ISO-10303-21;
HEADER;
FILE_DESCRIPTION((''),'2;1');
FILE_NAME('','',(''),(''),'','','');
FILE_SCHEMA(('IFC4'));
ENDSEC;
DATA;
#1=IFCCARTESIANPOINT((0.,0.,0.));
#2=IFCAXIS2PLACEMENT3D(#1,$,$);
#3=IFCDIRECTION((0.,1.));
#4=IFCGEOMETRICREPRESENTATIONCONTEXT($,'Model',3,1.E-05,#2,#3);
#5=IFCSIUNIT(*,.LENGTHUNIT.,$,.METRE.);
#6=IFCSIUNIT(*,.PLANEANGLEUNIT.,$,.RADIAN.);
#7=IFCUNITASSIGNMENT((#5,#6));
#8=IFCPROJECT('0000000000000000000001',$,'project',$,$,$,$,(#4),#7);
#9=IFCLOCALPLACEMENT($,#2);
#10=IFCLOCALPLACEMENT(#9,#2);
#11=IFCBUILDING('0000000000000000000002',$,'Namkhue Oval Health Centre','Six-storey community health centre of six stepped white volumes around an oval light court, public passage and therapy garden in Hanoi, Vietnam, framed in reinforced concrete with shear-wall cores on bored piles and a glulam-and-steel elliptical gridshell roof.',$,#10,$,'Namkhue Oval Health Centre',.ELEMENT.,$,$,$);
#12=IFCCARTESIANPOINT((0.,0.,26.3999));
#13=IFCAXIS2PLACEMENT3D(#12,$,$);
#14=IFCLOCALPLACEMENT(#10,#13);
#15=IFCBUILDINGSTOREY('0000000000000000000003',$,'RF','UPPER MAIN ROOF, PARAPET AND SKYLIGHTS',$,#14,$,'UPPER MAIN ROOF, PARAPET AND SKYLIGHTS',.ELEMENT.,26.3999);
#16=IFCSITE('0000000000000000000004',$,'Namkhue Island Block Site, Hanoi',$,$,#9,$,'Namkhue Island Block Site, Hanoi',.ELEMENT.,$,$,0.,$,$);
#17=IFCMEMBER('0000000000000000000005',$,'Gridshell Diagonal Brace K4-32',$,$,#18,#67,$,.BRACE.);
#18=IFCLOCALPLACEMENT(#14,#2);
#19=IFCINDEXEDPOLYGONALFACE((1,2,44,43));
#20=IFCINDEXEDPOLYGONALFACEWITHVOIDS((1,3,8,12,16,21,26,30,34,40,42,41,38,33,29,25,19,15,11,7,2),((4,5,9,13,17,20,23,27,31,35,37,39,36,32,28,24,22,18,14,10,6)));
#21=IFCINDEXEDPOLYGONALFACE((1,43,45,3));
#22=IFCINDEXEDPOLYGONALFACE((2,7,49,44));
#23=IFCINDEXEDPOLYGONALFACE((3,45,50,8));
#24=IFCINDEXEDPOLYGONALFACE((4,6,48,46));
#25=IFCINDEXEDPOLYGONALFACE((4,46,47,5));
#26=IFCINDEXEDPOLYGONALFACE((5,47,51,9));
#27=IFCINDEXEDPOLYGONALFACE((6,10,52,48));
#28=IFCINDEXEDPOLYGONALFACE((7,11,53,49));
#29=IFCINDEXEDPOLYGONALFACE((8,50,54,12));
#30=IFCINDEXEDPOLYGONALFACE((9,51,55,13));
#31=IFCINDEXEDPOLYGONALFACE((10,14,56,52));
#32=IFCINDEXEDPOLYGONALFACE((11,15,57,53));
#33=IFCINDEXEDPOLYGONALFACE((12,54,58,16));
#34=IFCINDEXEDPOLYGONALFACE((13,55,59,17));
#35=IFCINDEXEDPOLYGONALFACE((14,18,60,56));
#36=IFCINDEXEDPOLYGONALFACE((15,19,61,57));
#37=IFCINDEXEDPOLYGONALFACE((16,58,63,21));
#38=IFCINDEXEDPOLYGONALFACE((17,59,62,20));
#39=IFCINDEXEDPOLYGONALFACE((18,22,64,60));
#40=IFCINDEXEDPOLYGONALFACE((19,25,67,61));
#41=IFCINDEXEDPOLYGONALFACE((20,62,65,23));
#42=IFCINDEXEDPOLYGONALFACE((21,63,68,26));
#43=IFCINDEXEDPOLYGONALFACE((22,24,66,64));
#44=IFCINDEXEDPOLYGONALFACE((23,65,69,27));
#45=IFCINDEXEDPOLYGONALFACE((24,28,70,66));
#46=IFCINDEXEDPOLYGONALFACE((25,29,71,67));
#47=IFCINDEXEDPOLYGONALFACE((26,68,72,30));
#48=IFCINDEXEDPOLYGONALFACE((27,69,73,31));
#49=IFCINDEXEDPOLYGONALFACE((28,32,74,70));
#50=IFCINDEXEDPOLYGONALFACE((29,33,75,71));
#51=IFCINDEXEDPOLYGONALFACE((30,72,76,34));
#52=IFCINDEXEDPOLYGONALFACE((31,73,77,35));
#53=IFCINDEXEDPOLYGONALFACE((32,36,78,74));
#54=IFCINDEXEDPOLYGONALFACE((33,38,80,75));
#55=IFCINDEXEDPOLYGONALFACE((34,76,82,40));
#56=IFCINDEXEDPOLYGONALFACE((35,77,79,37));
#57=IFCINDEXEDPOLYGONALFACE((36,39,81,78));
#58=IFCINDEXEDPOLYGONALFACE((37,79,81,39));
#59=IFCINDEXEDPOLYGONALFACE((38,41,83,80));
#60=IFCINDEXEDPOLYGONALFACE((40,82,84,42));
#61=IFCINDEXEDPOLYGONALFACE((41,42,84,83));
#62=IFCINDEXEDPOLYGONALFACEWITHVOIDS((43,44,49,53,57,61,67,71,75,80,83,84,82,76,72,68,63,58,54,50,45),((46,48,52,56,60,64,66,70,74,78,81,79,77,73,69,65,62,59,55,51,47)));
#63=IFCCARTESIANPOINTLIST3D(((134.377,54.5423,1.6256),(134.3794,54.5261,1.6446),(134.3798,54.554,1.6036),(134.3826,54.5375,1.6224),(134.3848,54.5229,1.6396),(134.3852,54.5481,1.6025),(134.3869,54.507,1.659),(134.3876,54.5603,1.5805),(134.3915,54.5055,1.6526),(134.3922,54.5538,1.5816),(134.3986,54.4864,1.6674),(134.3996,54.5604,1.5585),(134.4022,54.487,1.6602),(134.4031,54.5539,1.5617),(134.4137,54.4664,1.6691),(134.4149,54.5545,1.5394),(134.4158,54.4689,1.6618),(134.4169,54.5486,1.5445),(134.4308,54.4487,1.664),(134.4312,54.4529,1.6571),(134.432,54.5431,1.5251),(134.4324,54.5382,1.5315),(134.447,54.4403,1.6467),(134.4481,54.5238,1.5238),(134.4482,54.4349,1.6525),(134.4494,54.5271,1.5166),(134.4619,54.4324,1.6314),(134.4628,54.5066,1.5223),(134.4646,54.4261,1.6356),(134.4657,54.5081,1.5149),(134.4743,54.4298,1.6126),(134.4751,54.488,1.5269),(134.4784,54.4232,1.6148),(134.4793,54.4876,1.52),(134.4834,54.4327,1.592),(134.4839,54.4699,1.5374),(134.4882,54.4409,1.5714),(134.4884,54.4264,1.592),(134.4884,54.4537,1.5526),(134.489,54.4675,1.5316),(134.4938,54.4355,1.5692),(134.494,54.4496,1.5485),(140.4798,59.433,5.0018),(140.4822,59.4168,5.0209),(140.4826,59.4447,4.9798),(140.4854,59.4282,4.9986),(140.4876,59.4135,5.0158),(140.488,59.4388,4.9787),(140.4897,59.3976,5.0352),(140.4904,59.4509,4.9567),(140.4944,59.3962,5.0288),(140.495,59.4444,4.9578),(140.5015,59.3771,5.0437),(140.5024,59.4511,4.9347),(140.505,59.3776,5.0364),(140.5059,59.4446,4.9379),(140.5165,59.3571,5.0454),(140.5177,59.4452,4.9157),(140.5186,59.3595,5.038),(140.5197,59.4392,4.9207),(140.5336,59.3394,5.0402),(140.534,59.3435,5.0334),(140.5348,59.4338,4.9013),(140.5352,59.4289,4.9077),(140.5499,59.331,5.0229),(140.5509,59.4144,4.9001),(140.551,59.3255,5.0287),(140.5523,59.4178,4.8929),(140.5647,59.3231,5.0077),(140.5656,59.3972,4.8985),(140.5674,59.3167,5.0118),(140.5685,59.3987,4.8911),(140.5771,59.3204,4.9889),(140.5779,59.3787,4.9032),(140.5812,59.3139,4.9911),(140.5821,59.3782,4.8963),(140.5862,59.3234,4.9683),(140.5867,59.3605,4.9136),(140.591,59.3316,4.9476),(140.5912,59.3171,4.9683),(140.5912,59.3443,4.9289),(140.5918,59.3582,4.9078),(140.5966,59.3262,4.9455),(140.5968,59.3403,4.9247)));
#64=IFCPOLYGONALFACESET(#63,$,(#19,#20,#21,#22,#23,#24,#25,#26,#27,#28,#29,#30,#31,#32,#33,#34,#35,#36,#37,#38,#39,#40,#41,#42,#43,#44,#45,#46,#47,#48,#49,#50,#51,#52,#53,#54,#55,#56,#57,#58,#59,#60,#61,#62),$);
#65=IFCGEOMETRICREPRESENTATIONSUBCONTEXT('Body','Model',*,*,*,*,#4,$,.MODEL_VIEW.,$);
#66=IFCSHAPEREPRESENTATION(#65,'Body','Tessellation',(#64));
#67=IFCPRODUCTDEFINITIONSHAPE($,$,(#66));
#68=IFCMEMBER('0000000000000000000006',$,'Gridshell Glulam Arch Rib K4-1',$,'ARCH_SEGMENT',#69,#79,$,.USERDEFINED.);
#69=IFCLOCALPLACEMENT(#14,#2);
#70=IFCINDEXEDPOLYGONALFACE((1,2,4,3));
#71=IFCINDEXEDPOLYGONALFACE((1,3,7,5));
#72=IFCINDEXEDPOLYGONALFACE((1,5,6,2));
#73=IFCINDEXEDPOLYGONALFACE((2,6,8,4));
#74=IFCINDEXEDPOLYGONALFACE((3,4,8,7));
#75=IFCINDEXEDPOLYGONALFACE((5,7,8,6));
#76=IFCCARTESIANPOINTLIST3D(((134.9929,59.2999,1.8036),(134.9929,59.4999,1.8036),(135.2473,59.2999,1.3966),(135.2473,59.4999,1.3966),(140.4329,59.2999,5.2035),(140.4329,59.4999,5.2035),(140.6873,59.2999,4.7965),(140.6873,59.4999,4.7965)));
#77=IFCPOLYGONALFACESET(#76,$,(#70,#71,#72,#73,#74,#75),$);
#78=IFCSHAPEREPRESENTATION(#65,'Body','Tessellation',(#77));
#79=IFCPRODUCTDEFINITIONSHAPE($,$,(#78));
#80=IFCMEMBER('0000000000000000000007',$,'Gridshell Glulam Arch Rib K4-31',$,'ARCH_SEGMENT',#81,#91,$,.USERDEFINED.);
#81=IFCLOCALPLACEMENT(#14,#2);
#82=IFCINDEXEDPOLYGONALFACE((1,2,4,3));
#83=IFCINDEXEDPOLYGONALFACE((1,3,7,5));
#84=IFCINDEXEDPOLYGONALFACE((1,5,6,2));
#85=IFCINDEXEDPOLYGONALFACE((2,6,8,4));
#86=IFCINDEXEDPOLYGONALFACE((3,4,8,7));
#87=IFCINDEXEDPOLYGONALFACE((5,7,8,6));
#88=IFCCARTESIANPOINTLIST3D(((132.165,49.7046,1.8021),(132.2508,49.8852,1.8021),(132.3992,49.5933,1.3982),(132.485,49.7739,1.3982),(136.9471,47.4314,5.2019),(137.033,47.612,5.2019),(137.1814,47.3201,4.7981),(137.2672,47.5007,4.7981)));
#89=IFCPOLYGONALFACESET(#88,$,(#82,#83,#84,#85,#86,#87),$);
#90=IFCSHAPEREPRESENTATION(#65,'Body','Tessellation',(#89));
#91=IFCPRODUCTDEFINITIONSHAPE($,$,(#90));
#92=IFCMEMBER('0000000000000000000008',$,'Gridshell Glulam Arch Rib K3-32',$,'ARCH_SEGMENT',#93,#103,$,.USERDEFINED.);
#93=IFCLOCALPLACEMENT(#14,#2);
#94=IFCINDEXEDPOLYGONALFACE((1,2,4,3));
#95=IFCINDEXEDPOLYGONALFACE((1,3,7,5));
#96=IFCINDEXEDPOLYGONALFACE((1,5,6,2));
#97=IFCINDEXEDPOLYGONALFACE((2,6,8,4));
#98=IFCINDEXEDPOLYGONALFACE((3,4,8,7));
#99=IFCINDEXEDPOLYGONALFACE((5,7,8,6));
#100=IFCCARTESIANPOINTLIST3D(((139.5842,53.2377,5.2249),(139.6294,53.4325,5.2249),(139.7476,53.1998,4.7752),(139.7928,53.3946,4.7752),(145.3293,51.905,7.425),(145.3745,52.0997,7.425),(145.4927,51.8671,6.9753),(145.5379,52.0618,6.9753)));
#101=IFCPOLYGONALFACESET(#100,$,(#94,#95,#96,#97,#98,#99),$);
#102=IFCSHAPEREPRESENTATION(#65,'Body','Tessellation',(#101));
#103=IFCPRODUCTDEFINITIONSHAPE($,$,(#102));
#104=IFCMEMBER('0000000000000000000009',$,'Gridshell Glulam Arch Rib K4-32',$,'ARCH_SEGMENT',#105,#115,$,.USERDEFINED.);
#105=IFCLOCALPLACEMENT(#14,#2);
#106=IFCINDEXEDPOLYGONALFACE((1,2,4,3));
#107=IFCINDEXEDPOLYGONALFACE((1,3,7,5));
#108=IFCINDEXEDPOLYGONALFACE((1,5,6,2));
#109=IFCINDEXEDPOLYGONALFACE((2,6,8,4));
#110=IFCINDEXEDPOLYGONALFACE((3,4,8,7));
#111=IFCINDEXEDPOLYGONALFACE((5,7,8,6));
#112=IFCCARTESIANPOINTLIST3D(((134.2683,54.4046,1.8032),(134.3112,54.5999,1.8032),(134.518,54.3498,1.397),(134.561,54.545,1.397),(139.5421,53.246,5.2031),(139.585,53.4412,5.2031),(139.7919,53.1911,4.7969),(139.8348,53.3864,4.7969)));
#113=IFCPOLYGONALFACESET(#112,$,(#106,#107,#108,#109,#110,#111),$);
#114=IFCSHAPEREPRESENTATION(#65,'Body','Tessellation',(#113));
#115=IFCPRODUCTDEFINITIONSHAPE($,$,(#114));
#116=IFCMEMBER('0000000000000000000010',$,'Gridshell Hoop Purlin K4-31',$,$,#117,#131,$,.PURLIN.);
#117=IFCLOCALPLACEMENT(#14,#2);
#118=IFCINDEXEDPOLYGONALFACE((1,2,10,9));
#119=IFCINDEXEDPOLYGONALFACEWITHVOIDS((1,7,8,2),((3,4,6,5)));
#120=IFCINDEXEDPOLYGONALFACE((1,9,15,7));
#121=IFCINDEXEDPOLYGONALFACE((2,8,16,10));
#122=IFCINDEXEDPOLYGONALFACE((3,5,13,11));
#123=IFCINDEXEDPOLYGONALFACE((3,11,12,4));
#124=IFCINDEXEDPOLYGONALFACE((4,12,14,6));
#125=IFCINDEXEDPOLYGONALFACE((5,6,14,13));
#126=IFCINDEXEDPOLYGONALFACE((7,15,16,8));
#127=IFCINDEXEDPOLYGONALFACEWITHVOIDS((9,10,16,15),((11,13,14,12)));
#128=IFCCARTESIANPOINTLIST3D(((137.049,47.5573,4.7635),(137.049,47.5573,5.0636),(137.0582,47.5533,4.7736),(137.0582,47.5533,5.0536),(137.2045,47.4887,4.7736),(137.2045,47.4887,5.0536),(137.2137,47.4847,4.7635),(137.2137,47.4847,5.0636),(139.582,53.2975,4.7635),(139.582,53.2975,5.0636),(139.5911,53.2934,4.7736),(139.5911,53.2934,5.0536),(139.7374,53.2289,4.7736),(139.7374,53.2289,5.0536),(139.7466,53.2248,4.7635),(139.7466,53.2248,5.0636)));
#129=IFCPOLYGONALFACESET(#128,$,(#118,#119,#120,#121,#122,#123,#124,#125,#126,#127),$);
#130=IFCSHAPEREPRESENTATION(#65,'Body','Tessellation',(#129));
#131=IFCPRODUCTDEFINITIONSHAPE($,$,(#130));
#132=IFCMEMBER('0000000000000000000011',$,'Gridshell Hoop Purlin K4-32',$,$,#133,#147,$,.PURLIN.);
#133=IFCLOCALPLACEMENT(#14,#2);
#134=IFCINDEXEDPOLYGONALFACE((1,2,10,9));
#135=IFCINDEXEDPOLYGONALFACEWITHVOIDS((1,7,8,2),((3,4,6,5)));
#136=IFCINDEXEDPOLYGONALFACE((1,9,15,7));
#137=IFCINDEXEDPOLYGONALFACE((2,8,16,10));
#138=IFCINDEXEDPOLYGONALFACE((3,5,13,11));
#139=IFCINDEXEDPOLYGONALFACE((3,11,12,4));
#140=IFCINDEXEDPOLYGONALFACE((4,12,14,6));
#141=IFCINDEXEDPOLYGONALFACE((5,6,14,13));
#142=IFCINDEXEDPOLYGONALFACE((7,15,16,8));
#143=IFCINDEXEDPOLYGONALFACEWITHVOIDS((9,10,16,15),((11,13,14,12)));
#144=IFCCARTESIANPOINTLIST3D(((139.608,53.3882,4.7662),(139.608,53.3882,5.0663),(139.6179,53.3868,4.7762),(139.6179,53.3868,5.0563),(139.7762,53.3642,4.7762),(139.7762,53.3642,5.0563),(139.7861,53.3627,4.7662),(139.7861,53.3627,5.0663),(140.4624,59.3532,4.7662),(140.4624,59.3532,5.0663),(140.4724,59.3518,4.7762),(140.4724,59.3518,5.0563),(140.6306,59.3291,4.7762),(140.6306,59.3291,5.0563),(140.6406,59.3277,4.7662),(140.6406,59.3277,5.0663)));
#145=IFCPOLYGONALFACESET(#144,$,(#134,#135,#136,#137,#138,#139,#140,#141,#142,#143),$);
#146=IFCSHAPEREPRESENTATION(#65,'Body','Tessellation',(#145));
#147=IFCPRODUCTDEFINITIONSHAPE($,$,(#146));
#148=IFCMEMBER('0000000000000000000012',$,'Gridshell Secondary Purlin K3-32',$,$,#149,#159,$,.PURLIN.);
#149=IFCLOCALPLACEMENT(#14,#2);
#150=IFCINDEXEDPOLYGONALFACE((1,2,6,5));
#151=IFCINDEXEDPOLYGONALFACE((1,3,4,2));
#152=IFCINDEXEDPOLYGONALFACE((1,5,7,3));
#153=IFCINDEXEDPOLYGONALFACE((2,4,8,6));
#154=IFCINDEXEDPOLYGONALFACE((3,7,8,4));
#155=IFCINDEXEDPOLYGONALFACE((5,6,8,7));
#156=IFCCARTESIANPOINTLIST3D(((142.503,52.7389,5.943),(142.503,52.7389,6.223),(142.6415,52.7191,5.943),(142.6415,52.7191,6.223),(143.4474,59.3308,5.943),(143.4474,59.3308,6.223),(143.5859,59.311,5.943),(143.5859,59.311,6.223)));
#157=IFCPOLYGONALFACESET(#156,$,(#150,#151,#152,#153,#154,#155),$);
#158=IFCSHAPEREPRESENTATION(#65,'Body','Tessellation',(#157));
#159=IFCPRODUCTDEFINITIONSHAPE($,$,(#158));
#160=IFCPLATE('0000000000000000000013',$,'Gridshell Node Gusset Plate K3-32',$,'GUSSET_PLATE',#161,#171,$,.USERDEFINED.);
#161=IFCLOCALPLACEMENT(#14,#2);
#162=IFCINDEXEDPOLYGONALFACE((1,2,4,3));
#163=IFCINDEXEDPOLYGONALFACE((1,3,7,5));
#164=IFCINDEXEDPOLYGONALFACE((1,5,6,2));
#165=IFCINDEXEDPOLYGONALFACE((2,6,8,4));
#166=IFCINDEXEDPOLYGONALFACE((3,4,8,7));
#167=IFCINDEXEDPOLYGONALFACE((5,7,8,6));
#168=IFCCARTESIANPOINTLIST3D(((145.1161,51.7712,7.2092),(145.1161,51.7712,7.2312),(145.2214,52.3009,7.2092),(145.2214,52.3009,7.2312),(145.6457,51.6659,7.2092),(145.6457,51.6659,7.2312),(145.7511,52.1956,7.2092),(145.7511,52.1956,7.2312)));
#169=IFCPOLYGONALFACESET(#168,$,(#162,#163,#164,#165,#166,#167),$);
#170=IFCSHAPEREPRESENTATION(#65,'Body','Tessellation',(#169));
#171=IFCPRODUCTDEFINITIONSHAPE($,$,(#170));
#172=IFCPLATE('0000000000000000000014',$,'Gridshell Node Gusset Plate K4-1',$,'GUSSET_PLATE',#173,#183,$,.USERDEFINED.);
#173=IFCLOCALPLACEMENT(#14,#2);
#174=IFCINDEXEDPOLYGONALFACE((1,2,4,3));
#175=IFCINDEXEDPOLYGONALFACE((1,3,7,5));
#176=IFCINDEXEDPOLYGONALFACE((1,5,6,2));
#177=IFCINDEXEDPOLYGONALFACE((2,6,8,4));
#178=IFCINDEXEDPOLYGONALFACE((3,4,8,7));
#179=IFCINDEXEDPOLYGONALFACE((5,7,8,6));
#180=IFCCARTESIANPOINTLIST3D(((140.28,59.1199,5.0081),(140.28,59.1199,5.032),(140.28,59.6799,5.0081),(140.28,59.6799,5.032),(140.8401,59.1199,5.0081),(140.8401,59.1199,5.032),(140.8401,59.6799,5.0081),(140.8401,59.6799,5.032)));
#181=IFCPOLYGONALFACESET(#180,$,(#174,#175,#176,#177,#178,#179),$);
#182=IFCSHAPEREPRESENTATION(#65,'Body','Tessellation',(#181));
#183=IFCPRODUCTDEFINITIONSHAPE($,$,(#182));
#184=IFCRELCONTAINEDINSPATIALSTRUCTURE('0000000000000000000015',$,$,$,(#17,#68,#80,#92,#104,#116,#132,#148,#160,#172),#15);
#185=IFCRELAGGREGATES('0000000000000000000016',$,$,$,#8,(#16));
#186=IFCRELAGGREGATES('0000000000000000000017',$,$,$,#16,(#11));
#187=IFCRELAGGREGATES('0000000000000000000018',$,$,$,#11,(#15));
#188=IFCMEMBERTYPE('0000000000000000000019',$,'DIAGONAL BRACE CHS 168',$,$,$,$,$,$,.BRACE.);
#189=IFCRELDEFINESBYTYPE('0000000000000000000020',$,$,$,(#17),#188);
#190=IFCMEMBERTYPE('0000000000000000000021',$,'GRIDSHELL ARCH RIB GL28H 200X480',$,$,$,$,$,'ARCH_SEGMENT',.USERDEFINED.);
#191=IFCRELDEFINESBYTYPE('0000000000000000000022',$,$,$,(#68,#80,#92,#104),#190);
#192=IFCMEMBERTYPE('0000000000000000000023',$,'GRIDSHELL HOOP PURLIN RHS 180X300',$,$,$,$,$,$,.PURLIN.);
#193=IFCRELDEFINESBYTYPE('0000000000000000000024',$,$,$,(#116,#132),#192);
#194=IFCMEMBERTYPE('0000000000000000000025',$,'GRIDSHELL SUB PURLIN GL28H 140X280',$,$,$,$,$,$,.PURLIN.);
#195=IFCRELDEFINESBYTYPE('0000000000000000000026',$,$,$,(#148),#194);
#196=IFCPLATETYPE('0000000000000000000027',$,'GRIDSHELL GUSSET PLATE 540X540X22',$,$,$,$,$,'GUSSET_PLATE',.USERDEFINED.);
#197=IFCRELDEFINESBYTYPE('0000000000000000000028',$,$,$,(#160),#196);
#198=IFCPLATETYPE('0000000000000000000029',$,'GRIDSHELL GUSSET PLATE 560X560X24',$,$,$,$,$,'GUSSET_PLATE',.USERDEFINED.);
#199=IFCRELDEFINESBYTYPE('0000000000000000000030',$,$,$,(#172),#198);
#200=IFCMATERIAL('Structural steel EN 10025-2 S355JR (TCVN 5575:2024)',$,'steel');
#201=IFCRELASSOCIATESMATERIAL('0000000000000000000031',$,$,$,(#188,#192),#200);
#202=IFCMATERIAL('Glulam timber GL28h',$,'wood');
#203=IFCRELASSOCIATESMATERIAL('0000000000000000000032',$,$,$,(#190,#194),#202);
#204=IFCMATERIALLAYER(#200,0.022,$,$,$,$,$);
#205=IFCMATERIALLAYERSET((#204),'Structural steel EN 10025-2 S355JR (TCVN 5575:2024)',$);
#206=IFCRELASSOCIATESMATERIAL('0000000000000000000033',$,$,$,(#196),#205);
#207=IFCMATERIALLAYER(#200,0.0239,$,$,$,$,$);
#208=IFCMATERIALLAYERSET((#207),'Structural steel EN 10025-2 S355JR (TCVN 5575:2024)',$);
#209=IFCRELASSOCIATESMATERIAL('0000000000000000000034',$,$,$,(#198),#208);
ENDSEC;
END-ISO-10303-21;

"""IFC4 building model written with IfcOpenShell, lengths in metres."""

from ifc_helpers import new_model, si_unit, direction, frame, origin, origin_2d, place, context, subcontext, project, spatial, rectangle, hollow_rectangle, hollow_circle, extrude, material, layer, layer_set, material_profile, profile_set, type_object, element, save


model = new_model("IFC4")

# Units and contexts
model_context = context("Model", 3, precision=1e-05, world=origin(), true_north=direction((0.0, 1.0)))
body_context = subcontext(model_context, "Body", "Model", "MODEL_VIEW")
ifc_project = project(units=[si_unit("LENGTHUNIT", "METRE"), si_unit("PLANEANGLEUNIT", "RADIAN")], contexts=[model_context])

# Site, building, storey
site_placement = place(None, origin())
site = spatial("IfcSite", under=ifc_project, at=site_placement, Name="Namkhue Island Block Site, Hanoi", LongName="Namkhue Island Block Site, Hanoi", CompositionType="ELEMENT", RefElevation=0.0)
building_placement = place(site_placement, origin())
building = spatial("IfcBuilding", under=site, at=building_placement, Name="Namkhue Oval Health Centre", Description="Six-storey community health centre of six stepped white volumes around an oval light court, public passage and therapy garden in Hanoi, Vietnam, framed in reinforced concrete with shear-wall cores on bored piles and a glulam-and-steel elliptical gridshell roof.", LongName="Namkhue Oval Health Centre", CompositionType="ELEMENT")
storey_placement = place(building_placement, frame((0.0, 0.0, 26.3999)))
storey = spatial("IfcBuildingStorey", under=building, at=storey_placement, Name="RF", Description="UPPER MAIN ROOF, PARAPET AND SKYLIGHTS", LongName="UPPER MAIN ROOF, PARAPET AND SKYLIGHTS", CompositionType="ELEMENT", Elevation=26.3999)

# Members
ifc_material_1 = material(Name="Structural steel EN 10025-2 S355JR (TCVN 5575:2024)", Category="steel")
ifc_material_profile_1 = material_profile(ifc_material_1, hollow_circle(Radius=0.0842, WallThickness=0.0081, at=origin_2d()), Name="CHS 168.3x8")
ifc_profile_set_1 = profile_set([ifc_material_profile_1], Name="Structural steel EN 10025-2 S355JR (TCVN 5575:2024)")
member_type_1 = type_object("IfcMemberType", Name="DIAGONAL BRACE CHS 168", PredefinedType="BRACE", material=ifc_profile_set_1)
for number, where, z_axis, x_axis, name in (
    (1, (140.5386, 59.3828, 4.9683), (-0.716434, -0.574133, -0.39635), (0.62535, -0.780345, 0.0), "Gridshell Diagonal Brace K4-32"),
):
    element("IfcMember", number, at=place(storey_placement, frame(where, z_axis=z_axis, x_axis=x_axis)), inside=storey, type_object=member_type_1, Name=name, PredefinedType="BRACE", context=body_context, shape_type="SweptSolid", body=[
        extrude(hollow_circle(Radius=0.0842, WallThickness=0.0081, at=origin_2d()), origin(), (0.0, 0.0, 1.0), 8.5183),
    ])
ifc_material_2 = material(Name="Glulam timber GL28h", Category="wood")
ifc_material_profile_2 = material_profile(ifc_material_2, rectangle(XDim=0.2, YDim=0.48, at=origin_2d()), Name="GL28h 200x480")
ifc_profile_set_2 = profile_set([ifc_material_profile_2], Name="Glulam timber GL28h")
member_type_2 = type_object("IfcMemberType", Name="GRIDSHELL ARCH RIB GL28H 200X480", ElementType="ARCH_SEGMENT", PredefinedType="USERDEFINED", material=ifc_profile_set_2)
member_1_placement = place(storey_placement, frame((140.5601, 59.3999, 5.0), z_axis=(-0.848003, 0.0, -0.529992), x_axis=(0.0, -1.0, 0.0)))
element("IfcMember", 2, at=member_1_placement, inside=storey, type_object=member_type_2, Name="Gridshell Glulam Arch Rib K4-1", ObjectType="ARCH_SEGMENT", PredefinedType="USERDEFINED", context=body_context, shape_type="SweptSolid", body=[
    extrude(rectangle(XDim=0.2, YDim=0.48, at=origin_2d()), origin(), (0.0, 0.0, 1.0), 6.415),
])
member_2_placement = place(storey_placement, frame((137.1072, 47.4661, 5.0), z_axis=(-0.75998, 0.36125, -0.540304), x_axis=(-0.429309, -0.903158, 0.0)))
element("IfcMember", 3, at=member_2_placement, inside=storey, type_object=member_type_2, Name="Gridshell Glulam Arch Rib K4-31", ObjectType="ARCH_SEGMENT", PredefinedType="USERDEFINED", context=body_context, shape_type="SweptSolid", body=[
    extrude(rectangle(XDim=0.2, YDim=0.48, at=origin_2d()), origin(), (0.0, 0.0, 1.0), 6.2925),
])
member_3_placement = place(storey_placement, frame((145.4336, 51.9834, 7.2002), z_axis=(-0.912688, 0.211727, -0.34953), x_axis=(-0.225981, -0.974132, 0.0)))
element("IfcMember", 4, at=member_3_placement, inside=storey, type_object=member_type_2, Name="Gridshell Glulam Arch Rib K3-32", ObjectType="ARCH_SEGMENT", PredefinedType="USERDEFINED", context=body_context, shape_type="SweptSolid", body=[
    extrude(rectangle(XDim=0.2, YDim=0.48, at=origin_2d()), origin(), (0.0, 0.0, 1.0), 6.2947),
])
member_4_placement = place(storey_placement, frame((139.6885, 53.3162, 5.0), z_axis=(-0.826514, 0.181587, -0.532823), x_axis=(-0.214584, -0.976706, 0.0)))
element("IfcMember", 5, at=member_4_placement, inside=storey, type_object=member_type_2, Name="Gridshell Glulam Arch Rib K4-32", ObjectType="ARCH_SEGMENT", PredefinedType="USERDEFINED", context=body_context, shape_type="SweptSolid", body=[
    extrude(rectangle(XDim=0.2, YDim=0.48, at=origin_2d()), origin(), (0.0, 0.0, 1.0), 6.3809),
])
ifc_material_profile_3 = material_profile(ifc_material_1, hollow_rectangle(XDim=0.1799, YDim=0.3, WallThickness=0.01, at=origin_2d()), Name="RHS 180x300x10")
ifc_profile_set_3 = profile_set([ifc_material_profile_3], Name="Structural steel EN 10025-2 S355JR (TCVN 5575:2024)")
member_type_3 = type_object("IfcMemberType", Name="GRIDSHELL HOOP PURLIN RHS 180X300", PredefinedType="PURLIN", material=ifc_profile_set_3)
member_5_placement = place(storey_placement, frame((137.1313, 47.521, 4.9136), z_axis=(0.403707, 0.914888, 0.0), x_axis=(-0.914888, 0.403707, 0.0)))
element("IfcMember", 6, at=member_5_placement, inside=storey, type_object=member_type_3, Name="Gridshell Hoop Purlin K4-31", PredefinedType="PURLIN", context=body_context, shape_type="SweptSolid", body=[
    extrude(hollow_rectangle(XDim=0.1799, YDim=0.3, WallThickness=0.01, at=origin_2d()), origin(), (0.0, 0.0, 1.0), 6.2742),
])
member_6_placement = place(storey_placement, frame((139.697, 53.3755, 4.9163), z_axis=(0.141801, 0.989895, 0.0), x_axis=(-0.989895, 0.141801, 0.0)))
element("IfcMember", 7, at=member_6_placement, inside=storey, type_object=member_type_3, Name="Gridshell Hoop Purlin K4-32", PredefinedType="PURLIN", context=body_context, shape_type="SweptSolid", body=[
    extrude(hollow_rectangle(XDim=0.1799, YDim=0.3, WallThickness=0.01, at=origin_2d()), origin(), (0.0, 0.0, 1.0), 6.0259),
])
ifc_material_profile_4 = material_profile(ifc_material_2, rectangle(XDim=0.1399, YDim=0.28, at=origin_2d()), Name="GL28h 140x280")
ifc_profile_set_4 = profile_set([ifc_material_profile_4], Name="Glulam timber GL28h")
member_type_4 = type_object("IfcMemberType", Name="GRIDSHELL SUB PURLIN GL28H 140X280", PredefinedType="PURLIN", material=ifc_profile_set_4)
member_7_placement = place(storey_placement, frame((142.5723, 52.729, 6.083), z_axis=(0.141811, 0.989894, 0.0), x_axis=(-0.989894, 0.141811, 0.0)))
element("IfcMember", 8, at=member_7_placement, inside=storey, type_object=member_type_4, Name="Gridshell Secondary Purlin K3-32", PredefinedType="PURLIN", context=body_context, shape_type="SweptSolid", body=[
    extrude(rectangle(XDim=0.1399, YDim=0.28, at=origin_2d()), origin(), (0.0, 0.0, 1.0), 6.6592),
])

# Plates
ifc_layer_1 = layer(ifc_material_1, 0.022)
ifc_layer_set_1 = layer_set([ifc_layer_1], Name="Structural steel EN 10025-2 S355JR (TCVN 5575:2024)")
plate_type_1 = type_object("IfcPlateType", Name="GRIDSHELL GUSSET PLATE 540X540X22", ElementType="GUSSET_PLATE", PredefinedType="USERDEFINED", material=ifc_layer_set_1)
plate_placement = place(storey_placement, frame((145.4336, 51.9834, 7.2092), z_axis=(0.0, 0.0, 1.0), x_axis=(0.980785, -0.19509, 0.0)))
element("IfcPlate", 9, at=plate_placement, inside=storey, type_object=plate_type_1, Name="Gridshell Node Gusset Plate K3-32", ObjectType="GUSSET_PLATE", PredefinedType="USERDEFINED", context=body_context, shape_type="SweptSolid", body=[
    extrude(rectangle(XDim=0.54, YDim=0.54, at=origin_2d()), origin(), (0.0, 0.0, 1.0), 0.022),
])
ifc_layer_2 = layer(ifc_material_1, 0.0239)
ifc_layer_set_2 = layer_set([ifc_layer_2], Name="Structural steel EN 10025-2 S355JR (TCVN 5575:2024)")
plate_type_2 = type_object("IfcPlateType", Name="GRIDSHELL GUSSET PLATE 560X560X24", ElementType="GUSSET_PLATE", PredefinedType="USERDEFINED", material=ifc_layer_set_2)
for number, where, z_axis, x_axis, name in (
    (10, (140.5601, 59.3999, 5.0081), (0.0, 0.0, 1.0), (1.0, 0.0, 0.0), "Gridshell Node Gusset Plate K4-1"),
):
    element("IfcPlate", number, at=place(storey_placement, frame(where, z_axis=z_axis, x_axis=x_axis)), inside=storey, type_object=plate_type_2, Name=name, ObjectType="GUSSET_PLATE", PredefinedType="USERDEFINED", context=body_context, shape_type="SweptSolid", body=[
        extrude(rectangle(XDim=0.5601, YDim=0.5601, at=origin_2d()), origin(), (0.0, 0.0, 1.0), 0.0239),
    ])

save(model, "model.ifc")
